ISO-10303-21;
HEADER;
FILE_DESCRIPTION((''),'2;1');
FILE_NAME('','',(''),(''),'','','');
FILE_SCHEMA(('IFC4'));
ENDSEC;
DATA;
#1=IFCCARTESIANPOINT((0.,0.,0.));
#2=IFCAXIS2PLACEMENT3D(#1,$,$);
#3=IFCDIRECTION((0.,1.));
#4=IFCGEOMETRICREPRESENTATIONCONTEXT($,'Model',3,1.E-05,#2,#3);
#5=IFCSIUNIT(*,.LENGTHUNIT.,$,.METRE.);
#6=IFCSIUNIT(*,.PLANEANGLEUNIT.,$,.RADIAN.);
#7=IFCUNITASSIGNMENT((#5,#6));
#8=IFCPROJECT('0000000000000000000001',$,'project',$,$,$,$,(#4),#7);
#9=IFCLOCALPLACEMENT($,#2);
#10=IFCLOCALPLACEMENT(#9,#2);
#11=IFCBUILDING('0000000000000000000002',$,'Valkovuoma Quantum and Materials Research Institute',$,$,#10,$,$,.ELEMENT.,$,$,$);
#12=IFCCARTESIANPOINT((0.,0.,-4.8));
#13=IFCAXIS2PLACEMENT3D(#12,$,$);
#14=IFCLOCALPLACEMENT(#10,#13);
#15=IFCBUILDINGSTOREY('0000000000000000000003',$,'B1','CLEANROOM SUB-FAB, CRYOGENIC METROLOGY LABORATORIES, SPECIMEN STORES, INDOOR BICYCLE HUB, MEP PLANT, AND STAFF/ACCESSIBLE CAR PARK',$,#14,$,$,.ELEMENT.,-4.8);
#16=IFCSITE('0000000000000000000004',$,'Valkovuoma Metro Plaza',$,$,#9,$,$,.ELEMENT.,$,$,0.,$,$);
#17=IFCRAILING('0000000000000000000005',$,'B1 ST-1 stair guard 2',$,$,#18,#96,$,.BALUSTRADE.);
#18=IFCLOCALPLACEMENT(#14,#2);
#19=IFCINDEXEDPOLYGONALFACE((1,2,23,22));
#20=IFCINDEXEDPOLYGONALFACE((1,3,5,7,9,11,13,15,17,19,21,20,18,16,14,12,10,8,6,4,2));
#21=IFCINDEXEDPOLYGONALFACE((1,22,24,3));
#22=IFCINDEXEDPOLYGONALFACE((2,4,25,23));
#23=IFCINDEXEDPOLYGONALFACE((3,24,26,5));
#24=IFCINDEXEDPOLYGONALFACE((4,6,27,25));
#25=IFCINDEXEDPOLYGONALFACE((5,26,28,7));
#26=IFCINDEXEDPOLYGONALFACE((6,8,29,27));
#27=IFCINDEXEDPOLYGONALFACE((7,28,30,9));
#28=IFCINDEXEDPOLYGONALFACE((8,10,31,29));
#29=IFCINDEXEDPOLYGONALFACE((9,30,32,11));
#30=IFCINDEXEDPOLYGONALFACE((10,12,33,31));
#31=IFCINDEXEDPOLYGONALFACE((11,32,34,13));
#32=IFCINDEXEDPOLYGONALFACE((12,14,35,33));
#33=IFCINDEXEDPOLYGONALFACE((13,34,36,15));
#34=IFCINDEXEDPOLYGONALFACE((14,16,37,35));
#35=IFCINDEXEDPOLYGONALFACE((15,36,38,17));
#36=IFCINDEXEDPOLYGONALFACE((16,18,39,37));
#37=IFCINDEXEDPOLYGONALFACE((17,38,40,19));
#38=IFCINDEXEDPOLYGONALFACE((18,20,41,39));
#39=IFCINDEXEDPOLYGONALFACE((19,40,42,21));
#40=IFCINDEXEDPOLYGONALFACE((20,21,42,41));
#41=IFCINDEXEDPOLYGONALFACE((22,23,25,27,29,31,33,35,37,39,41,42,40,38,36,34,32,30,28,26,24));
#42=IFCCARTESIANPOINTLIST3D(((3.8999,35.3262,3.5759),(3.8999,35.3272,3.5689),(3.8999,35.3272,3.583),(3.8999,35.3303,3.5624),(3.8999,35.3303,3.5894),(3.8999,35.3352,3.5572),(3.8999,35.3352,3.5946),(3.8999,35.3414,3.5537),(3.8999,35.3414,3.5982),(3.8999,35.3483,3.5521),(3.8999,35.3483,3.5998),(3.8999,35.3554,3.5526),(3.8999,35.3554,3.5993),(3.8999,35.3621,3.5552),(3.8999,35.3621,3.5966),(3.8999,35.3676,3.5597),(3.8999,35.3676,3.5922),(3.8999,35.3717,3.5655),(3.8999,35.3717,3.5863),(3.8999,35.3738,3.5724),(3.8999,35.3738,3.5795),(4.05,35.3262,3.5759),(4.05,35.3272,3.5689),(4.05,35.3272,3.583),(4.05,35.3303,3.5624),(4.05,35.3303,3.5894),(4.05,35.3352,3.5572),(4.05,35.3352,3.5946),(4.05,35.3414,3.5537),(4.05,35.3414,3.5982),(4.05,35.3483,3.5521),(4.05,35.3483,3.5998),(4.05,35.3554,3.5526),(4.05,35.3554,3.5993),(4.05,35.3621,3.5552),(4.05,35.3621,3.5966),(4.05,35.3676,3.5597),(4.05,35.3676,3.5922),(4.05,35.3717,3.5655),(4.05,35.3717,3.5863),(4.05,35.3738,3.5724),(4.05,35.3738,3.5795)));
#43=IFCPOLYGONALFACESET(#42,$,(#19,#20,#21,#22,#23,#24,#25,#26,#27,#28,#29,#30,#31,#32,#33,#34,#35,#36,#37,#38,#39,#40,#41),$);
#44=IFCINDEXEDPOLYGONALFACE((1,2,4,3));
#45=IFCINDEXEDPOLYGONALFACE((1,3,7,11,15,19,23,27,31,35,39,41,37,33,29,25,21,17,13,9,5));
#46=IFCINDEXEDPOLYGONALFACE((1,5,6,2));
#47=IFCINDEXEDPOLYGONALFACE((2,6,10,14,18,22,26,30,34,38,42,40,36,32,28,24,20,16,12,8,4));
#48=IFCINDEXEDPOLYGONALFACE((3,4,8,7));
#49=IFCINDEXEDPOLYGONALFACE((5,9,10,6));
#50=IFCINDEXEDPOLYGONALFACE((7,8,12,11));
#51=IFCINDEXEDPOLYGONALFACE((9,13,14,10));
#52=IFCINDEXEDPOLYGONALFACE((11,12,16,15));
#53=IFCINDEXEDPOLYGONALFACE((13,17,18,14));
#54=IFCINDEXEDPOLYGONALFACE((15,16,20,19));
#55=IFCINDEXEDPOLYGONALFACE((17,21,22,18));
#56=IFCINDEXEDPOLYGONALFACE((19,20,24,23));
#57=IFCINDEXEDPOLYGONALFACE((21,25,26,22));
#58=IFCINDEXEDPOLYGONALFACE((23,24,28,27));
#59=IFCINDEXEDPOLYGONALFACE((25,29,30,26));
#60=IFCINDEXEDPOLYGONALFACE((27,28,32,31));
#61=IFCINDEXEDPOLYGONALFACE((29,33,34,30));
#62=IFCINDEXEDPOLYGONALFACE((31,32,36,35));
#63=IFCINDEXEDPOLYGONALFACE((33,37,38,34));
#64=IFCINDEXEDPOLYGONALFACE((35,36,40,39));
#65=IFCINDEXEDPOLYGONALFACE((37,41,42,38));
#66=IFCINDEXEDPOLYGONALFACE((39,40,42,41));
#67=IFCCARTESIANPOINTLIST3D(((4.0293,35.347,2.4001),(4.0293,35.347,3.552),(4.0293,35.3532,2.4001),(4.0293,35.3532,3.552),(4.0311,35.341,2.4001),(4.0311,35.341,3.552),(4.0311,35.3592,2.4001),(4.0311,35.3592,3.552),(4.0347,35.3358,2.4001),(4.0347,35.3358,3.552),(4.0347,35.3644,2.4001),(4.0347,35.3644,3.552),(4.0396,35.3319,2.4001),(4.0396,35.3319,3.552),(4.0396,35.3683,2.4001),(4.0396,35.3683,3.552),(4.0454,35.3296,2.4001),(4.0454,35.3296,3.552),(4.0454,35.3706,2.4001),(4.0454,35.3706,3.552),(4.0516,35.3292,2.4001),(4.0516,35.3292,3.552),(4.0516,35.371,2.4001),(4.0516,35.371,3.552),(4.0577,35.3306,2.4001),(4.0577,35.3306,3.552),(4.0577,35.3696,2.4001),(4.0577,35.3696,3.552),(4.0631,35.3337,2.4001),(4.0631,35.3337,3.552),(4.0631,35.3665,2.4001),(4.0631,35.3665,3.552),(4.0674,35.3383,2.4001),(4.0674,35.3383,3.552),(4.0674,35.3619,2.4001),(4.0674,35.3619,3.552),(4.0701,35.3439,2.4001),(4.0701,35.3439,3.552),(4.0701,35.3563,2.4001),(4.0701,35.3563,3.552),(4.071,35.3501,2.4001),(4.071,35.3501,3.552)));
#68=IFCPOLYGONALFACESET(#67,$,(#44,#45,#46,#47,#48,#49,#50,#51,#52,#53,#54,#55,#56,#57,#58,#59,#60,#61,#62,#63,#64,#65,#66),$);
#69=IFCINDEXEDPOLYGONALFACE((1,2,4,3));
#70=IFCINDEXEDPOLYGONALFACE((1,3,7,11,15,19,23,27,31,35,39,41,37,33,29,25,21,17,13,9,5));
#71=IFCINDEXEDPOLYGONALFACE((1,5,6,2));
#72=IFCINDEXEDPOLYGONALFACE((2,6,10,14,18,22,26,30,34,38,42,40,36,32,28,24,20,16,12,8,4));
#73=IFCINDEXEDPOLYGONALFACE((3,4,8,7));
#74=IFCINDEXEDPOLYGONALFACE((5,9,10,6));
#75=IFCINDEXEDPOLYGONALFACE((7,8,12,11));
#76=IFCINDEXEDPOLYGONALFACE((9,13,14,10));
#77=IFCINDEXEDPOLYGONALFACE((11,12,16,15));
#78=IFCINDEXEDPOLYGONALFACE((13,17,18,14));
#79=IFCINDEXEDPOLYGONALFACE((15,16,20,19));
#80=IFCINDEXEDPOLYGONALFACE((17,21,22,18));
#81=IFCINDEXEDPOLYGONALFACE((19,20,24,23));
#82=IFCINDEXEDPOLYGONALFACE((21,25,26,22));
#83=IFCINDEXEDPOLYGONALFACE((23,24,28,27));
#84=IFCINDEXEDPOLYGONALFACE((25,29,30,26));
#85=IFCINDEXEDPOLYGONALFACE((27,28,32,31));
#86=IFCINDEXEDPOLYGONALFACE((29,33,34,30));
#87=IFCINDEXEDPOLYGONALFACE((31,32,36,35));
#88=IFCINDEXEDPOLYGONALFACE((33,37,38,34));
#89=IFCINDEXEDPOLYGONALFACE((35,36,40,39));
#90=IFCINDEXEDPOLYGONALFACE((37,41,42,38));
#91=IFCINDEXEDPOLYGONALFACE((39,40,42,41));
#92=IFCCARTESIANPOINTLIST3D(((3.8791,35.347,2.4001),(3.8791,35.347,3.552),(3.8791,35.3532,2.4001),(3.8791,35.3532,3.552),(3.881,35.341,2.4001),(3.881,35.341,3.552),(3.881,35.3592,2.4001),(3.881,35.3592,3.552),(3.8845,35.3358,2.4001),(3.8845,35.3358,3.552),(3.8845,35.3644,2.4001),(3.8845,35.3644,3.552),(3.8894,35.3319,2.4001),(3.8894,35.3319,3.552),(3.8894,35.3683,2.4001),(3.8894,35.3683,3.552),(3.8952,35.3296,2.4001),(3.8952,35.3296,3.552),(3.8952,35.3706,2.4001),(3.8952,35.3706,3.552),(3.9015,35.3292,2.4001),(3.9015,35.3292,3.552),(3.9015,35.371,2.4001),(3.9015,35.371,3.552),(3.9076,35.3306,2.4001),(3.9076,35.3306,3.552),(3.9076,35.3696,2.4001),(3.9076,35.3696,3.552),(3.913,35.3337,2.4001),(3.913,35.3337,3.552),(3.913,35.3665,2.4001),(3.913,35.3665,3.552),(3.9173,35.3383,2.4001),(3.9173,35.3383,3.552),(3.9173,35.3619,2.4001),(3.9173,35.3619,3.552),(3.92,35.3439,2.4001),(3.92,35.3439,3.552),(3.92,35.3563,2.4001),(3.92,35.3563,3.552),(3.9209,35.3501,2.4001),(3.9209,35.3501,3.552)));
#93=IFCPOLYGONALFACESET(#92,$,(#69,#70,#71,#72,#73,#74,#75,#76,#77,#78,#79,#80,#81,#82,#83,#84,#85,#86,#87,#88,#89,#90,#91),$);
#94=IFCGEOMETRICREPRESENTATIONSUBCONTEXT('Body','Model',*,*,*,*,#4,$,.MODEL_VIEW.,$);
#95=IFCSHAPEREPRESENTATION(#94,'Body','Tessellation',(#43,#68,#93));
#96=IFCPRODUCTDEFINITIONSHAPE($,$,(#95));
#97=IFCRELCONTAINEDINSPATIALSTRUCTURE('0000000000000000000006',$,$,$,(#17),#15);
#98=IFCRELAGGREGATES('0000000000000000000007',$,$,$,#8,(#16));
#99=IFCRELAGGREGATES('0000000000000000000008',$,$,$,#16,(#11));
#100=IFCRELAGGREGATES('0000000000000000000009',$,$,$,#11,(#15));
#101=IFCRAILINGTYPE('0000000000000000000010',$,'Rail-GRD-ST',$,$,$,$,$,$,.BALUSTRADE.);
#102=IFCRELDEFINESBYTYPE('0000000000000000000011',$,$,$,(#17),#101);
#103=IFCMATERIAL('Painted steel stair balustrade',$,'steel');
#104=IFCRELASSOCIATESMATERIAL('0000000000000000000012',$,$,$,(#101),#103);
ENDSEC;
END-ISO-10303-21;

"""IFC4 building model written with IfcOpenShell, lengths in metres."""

from ifc_helpers import new_model, si_unit, direction, frame, origin, origin_2d, place, context, subcontext, project, spatial, circle, extrude, material, type_object, element, save


model = new_model("IFC4")

# Units and contexts
model_context = context("Model", 3, precision=1e-05, world=origin(), true_north=direction((0.0, 1.0)))
body_context = subcontext(model_context, "Body", "Model", "MODEL_VIEW")
ifc_project = project(units=[si_unit("LENGTHUNIT", "METRE"), si_unit("PLANEANGLEUNIT", "RADIAN")], contexts=[model_context])

# Site, building, storey
site_placement = place(None, origin())
site = spatial("IfcSite", under=ifc_project, at=site_placement, Name="Valkovuoma Metro Plaza", CompositionType="ELEMENT", RefElevation=0.0)
building_placement = place(site_placement, origin())
building = spatial("IfcBuilding", under=site, at=building_placement, Name="Valkovuoma Quantum and Materials Research Institute", CompositionType="ELEMENT")
storey_placement = place(building_placement, frame((0.0, 0.0, -4.8)))
storey = spatial("IfcBuildingStorey", under=building, at=storey_placement, Name="B1", Description="CLEANROOM SUB-FAB, CRYOGENIC METROLOGY LABORATORIES, SPECIMEN STORES, INDOOR BICYCLE HUB, MEP PLANT, AND STAFF/ACCESSIBLE CAR PARK", CompositionType="ELEMENT", Elevation=-4.8)

# Railing
ifc_material_1 = material(Name="Painted steel stair balustrade", Category="steel")
railing_type_1 = type_object("IfcRailingType", Name="Rail-GRD-ST", PredefinedType="BALUSTRADE", material=ifc_material_1)
railing_1_placement = place(storey_placement, frame((4.05, 35.3501, 2.4001)))
element("IfcRailing", 1, at=railing_1_placement, inside=storey, type_object=railing_type_1, Name="B1 ST-1 stair guard 2", PredefinedType="BALUSTRADE", context=body_context, shape_type="SweptSolid", body=[
    extrude(circle(Radius=0.0239, at=origin_2d()), frame((0.0, 0.0, 1.1758), z_axis=(-1.0, 0.0, 0.0), x_axis=(0.0, -1.0, 0.0)), (0.0, 0.0, 1.0), 0.1501),
    extrude(circle(Radius=0.021, at=origin_2d()), origin(), (0.0, 0.0, 1.0), 1.1519),
    extrude(circle(Radius=0.021, at=origin_2d()), frame((-0.1501, 0.0, 0.0)), (0.0, 0.0, 1.0), 1.1519),
])

save(model, "model.ifc")
